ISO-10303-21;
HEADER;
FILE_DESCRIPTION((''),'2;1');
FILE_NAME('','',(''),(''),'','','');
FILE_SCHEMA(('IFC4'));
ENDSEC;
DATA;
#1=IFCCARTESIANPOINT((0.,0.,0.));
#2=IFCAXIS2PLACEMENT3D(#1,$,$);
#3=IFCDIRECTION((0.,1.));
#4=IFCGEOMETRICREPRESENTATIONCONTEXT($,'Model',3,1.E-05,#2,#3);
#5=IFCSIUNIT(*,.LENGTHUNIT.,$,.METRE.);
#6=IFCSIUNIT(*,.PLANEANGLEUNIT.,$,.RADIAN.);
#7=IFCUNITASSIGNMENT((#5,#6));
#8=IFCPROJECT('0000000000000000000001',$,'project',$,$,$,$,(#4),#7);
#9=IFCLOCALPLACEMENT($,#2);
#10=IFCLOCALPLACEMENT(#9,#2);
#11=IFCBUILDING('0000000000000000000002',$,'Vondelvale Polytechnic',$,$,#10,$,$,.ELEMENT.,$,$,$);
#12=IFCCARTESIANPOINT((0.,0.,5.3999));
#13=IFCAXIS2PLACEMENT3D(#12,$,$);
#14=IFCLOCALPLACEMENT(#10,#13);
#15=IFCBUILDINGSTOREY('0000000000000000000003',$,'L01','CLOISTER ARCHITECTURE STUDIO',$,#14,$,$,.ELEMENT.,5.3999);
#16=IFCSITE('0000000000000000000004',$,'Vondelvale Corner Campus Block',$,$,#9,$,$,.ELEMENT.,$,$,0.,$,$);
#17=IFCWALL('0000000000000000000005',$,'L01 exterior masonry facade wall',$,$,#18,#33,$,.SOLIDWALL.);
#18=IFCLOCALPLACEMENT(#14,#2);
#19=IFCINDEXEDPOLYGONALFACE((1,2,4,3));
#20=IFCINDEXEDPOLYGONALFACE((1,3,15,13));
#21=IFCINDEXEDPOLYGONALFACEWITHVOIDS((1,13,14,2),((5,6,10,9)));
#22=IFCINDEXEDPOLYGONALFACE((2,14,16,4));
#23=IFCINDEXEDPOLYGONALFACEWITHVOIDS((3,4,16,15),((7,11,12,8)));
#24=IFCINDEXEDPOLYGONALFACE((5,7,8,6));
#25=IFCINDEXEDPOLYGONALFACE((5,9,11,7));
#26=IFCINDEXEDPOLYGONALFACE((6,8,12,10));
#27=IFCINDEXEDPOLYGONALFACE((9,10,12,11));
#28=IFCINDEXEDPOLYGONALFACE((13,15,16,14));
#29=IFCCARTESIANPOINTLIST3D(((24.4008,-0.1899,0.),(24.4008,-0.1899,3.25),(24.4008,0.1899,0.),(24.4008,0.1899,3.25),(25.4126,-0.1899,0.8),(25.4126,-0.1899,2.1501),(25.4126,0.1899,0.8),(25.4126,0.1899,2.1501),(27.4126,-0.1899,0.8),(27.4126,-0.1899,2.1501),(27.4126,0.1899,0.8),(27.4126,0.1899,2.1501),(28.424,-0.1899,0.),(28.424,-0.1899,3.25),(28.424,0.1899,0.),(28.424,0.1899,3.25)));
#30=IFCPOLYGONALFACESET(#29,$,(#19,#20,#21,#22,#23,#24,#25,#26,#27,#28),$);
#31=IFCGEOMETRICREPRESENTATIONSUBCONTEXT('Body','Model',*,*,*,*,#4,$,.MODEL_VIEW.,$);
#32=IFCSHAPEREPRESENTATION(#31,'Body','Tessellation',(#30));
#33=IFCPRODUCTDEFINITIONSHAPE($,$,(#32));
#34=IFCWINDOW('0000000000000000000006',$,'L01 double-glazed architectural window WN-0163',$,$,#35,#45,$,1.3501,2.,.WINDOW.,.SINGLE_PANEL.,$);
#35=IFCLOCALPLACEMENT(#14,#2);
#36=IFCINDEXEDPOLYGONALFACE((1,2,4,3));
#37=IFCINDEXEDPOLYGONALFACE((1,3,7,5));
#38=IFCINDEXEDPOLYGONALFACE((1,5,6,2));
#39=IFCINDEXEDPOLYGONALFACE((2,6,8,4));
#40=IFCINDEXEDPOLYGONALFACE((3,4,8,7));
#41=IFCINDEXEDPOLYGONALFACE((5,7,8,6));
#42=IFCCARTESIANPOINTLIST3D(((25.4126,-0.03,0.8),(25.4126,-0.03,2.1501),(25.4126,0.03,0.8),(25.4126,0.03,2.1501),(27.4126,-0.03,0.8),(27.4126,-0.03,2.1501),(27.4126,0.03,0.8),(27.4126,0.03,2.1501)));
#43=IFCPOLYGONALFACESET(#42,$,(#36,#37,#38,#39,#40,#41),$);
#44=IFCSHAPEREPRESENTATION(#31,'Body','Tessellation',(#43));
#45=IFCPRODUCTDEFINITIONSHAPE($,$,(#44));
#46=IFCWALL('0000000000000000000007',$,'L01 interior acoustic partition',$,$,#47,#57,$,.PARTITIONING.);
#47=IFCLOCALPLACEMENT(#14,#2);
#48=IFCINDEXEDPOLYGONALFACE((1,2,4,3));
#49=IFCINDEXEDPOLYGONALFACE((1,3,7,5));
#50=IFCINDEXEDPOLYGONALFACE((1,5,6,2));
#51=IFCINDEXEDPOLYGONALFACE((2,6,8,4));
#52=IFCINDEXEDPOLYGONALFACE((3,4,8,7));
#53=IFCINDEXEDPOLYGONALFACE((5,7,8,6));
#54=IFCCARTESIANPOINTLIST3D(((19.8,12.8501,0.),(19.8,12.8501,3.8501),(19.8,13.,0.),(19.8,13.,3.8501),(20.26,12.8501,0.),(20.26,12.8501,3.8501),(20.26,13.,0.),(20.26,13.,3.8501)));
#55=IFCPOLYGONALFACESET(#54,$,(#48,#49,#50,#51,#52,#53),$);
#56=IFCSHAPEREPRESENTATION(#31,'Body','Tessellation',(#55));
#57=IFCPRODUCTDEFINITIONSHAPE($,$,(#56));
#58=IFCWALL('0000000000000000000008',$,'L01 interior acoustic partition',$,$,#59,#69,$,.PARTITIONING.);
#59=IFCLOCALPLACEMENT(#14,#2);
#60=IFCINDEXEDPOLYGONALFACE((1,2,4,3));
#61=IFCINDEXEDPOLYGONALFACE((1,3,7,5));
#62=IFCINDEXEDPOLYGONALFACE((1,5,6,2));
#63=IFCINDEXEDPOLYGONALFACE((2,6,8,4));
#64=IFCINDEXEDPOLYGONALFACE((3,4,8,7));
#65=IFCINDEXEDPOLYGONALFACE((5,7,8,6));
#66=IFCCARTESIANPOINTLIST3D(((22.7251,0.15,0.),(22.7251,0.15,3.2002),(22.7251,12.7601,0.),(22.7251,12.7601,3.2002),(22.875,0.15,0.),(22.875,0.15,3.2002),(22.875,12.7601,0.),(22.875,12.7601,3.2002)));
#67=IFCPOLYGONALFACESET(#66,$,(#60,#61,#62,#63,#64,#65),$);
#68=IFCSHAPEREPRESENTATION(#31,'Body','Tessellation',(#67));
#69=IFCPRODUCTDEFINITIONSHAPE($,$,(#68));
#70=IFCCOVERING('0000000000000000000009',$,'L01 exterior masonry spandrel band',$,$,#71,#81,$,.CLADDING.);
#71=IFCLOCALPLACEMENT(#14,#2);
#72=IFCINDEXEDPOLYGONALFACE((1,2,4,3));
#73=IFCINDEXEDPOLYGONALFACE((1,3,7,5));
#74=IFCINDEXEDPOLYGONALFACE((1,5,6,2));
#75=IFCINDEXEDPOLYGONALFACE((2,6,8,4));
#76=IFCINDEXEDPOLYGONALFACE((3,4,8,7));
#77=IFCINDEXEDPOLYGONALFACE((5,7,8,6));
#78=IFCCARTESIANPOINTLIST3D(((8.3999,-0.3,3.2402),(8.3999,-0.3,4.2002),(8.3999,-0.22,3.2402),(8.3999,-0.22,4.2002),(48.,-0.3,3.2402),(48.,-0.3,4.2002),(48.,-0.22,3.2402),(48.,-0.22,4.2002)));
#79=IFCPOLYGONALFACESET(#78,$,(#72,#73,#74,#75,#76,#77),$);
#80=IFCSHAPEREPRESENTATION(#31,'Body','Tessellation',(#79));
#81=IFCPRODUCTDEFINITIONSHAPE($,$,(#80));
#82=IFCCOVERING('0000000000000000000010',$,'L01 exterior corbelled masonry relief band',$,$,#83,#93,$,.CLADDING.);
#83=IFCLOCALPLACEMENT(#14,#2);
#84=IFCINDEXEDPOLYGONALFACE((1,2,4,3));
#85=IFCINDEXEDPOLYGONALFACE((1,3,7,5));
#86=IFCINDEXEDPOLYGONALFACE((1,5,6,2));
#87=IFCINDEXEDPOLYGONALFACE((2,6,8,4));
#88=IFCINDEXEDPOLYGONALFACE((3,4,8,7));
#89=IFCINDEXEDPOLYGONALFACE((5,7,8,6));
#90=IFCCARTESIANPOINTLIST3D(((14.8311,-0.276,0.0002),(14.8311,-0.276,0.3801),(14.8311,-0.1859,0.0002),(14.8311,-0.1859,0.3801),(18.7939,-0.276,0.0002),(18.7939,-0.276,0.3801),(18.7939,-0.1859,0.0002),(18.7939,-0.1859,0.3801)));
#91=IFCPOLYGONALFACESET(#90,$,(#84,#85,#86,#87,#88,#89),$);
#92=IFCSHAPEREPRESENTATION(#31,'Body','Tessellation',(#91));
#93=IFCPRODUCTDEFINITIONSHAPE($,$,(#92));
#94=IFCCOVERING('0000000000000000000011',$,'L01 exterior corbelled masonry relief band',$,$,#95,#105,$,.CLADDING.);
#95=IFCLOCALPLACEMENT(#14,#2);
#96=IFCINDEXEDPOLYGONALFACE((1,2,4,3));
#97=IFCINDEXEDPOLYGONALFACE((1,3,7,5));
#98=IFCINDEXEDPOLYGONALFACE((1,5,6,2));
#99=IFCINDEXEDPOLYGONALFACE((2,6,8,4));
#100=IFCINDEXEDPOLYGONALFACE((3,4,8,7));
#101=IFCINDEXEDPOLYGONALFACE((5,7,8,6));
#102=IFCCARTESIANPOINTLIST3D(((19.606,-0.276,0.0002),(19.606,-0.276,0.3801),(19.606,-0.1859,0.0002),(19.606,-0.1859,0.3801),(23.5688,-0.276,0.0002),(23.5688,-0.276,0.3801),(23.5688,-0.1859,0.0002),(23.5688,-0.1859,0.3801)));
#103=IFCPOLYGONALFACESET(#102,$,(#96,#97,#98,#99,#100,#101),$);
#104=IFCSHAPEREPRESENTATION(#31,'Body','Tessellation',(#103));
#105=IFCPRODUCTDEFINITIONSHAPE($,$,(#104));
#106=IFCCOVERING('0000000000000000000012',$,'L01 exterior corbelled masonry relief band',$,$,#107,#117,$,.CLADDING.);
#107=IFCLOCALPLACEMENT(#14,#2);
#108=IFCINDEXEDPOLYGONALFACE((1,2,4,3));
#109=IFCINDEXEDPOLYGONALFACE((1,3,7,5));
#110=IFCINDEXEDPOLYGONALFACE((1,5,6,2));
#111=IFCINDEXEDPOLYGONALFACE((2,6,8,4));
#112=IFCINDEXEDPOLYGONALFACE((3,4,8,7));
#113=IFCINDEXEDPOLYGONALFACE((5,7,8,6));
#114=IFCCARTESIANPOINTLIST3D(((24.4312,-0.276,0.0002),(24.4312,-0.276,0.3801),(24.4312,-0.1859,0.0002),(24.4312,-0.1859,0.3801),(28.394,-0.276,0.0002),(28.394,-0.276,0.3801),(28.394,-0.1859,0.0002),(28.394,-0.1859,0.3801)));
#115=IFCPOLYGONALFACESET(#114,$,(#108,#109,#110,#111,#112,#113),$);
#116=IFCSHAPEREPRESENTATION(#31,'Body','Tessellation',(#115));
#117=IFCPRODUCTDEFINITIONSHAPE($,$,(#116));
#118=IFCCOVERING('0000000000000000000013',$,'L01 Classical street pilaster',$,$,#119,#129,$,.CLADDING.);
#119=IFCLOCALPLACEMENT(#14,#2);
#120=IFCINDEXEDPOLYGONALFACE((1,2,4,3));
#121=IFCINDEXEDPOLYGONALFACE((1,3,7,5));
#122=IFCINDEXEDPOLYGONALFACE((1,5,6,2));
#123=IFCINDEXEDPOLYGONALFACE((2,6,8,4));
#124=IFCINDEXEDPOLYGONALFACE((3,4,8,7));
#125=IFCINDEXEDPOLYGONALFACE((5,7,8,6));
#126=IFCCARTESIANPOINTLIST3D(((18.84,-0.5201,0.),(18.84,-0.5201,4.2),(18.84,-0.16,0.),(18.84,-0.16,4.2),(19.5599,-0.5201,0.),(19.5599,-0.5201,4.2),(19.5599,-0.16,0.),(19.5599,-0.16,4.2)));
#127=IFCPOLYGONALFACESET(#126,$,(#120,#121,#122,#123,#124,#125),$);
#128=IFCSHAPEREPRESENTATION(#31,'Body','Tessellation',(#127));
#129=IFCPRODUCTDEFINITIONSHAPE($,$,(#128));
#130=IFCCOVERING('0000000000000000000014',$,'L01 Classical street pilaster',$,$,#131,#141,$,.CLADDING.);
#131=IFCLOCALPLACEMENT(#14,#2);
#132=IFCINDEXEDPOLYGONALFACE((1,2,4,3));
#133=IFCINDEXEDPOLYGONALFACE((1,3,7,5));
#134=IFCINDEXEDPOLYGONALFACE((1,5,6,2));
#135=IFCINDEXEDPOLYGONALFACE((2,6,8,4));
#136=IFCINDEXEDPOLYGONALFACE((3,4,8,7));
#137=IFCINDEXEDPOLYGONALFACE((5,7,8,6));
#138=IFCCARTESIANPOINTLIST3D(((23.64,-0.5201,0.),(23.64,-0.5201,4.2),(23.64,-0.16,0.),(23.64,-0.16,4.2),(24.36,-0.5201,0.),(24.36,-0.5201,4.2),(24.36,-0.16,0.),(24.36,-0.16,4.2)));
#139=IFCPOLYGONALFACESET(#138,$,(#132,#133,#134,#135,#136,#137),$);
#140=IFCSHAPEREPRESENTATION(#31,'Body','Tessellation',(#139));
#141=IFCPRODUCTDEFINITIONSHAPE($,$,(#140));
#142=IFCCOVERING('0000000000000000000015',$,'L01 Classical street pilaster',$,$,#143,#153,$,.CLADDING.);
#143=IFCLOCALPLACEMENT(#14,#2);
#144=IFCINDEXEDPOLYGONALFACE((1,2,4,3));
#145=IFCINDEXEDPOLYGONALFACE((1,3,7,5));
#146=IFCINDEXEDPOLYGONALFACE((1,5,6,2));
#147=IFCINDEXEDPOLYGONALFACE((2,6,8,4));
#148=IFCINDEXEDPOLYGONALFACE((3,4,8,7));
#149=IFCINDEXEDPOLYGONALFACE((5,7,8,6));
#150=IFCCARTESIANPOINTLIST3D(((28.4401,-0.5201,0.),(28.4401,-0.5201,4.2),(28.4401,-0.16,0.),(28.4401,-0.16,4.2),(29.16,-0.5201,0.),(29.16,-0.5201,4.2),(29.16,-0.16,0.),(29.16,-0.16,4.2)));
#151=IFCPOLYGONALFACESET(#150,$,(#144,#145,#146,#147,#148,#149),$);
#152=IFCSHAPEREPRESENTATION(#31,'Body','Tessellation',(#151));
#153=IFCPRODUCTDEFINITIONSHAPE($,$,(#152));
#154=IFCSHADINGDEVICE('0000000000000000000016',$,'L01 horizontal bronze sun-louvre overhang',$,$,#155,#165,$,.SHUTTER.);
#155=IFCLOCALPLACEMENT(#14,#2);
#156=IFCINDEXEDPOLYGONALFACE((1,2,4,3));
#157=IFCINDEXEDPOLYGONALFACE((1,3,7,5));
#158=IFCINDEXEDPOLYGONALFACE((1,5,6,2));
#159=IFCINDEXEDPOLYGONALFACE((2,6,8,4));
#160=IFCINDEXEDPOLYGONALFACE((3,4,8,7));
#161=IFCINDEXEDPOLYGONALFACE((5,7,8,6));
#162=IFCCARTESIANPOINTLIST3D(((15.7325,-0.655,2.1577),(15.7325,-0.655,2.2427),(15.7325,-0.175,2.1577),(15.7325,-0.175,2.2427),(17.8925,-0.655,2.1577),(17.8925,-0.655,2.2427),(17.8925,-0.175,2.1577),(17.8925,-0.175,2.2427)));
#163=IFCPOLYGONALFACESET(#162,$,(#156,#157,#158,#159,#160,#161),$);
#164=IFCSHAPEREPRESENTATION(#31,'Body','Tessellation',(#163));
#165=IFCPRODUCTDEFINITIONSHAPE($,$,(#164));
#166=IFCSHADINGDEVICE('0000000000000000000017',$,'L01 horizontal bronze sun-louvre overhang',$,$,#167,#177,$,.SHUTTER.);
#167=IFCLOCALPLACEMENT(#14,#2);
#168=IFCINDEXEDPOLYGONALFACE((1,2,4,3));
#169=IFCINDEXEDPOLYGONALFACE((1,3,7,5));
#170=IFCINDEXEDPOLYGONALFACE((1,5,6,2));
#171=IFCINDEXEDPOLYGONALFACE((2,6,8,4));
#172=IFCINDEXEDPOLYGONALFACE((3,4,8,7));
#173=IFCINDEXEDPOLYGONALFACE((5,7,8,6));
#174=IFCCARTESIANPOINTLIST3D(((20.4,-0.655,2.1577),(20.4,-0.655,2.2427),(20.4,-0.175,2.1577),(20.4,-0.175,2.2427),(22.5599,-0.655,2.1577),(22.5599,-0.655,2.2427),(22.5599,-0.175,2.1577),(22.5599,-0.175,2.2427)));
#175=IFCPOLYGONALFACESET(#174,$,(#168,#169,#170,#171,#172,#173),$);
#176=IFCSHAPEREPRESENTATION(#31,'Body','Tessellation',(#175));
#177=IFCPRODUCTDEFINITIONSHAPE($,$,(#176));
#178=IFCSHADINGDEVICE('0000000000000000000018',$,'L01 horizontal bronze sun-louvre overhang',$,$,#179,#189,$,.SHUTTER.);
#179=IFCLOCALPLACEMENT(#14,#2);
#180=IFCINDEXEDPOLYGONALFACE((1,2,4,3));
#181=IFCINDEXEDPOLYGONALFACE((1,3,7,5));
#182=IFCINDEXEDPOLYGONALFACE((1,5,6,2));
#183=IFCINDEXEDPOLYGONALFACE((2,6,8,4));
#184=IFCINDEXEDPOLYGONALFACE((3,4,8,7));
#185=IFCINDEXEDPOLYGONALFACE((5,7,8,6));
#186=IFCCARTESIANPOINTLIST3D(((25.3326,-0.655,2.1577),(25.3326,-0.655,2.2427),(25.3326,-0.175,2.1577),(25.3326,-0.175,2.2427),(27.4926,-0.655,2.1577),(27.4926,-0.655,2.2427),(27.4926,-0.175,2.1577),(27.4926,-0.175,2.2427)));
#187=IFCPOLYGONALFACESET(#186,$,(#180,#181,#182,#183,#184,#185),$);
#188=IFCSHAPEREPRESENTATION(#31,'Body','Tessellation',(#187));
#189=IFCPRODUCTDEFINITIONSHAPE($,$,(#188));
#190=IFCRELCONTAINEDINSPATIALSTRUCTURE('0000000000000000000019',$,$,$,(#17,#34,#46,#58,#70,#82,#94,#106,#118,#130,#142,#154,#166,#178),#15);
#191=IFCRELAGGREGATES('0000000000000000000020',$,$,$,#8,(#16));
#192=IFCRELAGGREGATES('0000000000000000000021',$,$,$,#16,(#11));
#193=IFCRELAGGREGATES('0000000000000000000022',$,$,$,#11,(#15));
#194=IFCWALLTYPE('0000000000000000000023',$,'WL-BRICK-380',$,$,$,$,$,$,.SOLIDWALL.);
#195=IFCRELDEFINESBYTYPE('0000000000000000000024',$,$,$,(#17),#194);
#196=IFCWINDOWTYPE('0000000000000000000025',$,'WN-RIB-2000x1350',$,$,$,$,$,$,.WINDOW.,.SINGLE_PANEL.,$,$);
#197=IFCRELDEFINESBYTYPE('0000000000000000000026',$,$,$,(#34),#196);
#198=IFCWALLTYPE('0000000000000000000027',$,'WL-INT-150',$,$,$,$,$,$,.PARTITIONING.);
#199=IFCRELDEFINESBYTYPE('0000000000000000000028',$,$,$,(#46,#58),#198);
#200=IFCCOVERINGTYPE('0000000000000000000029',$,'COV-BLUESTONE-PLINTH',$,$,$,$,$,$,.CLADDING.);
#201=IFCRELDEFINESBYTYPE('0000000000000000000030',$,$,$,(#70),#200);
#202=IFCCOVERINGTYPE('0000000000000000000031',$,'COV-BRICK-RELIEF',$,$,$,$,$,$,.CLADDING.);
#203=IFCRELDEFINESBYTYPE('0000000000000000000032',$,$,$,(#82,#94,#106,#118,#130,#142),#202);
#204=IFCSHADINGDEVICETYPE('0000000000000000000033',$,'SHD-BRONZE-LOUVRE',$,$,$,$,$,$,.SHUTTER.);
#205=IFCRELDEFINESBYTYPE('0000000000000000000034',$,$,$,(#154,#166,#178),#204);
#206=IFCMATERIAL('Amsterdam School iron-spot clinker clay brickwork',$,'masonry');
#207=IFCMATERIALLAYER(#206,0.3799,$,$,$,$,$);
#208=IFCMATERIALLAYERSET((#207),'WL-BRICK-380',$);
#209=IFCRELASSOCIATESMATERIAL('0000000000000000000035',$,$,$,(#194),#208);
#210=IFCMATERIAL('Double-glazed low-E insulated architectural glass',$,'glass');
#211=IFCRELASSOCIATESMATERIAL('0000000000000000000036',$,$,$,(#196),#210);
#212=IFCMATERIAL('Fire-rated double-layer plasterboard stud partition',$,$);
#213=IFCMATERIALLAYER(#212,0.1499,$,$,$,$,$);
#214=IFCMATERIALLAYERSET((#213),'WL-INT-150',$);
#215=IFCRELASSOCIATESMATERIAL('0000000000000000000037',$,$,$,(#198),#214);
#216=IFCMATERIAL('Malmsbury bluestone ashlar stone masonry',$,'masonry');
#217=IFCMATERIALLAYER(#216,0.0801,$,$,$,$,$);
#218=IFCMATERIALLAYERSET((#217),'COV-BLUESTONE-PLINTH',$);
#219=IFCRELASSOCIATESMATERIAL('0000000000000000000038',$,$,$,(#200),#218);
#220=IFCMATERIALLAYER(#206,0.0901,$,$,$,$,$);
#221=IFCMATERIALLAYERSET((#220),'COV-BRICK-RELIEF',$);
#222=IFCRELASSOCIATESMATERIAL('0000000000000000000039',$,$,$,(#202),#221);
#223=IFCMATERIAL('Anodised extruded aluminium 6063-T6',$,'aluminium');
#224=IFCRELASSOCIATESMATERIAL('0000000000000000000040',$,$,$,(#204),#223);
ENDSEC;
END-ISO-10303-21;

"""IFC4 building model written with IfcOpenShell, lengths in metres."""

from ifc_helpers import new_model, si_unit, direction, frame, frame_2d, origin, origin_2d, place, context, subcontext, project, spatial, rectangle, extrude, material, layer, layer_set, type_object, element, fill, save


model = new_model("IFC4")

# Units and contexts
model_context = context("Model", 3, precision=1e-05, world=origin(), true_north=direction((0.0, 1.0)))
body_context = subcontext(model_context, "Body", "Model", "MODEL_VIEW")
ifc_project = project(units=[si_unit("LENGTHUNIT", "METRE"), si_unit("PLANEANGLEUNIT", "RADIAN")], contexts=[model_context])

# Site, building, storey
site_placement = place(None, origin())
site = spatial("IfcSite", under=ifc_project, at=site_placement, Name="Vondelvale Corner Campus Block", CompositionType="ELEMENT", RefElevation=0.0)
building_placement = place(site_placement, origin())
building = spatial("IfcBuilding", under=site, at=building_placement, Name="Vondelvale Polytechnic", CompositionType="ELEMENT")
storey_placement = place(building_placement, frame((0.0, 0.0, 5.3999)))
storey = spatial("IfcBuildingStorey", under=building, at=storey_placement, Name="L01", Description="CLOISTER ARCHITECTURE STUDIO", CompositionType="ELEMENT", Elevation=5.3999)

# Wall, opening, window
ifc_material_1 = material(Name="Amsterdam School iron-spot clinker clay brickwork", Category="masonry")
ifc_layer_1 = layer(ifc_material_1, 0.3799)
ifc_layer_set_1 = layer_set([ifc_layer_1], Name="WL-BRICK-380")
wall_type_1 = type_object("IfcWallType", Name="WL-BRICK-380", PredefinedType="SOLIDWALL", material=ifc_layer_set_1)
ifc_material_2 = material(Name="Double-glazed low-E insulated architectural glass", Category="glass")
window_type = type_object("IfcWindowType", Name="WN-RIB-2000x1350", PartitioningType="SINGLE_PANEL", PredefinedType="WINDOW", material=ifc_material_2)
wall_1_placement = place(storey_placement, frame((28.4241, 0.0, 0.0), z_axis=(0.0, 0.0, 1.0), x_axis=(-1.0, 0.0, 0.0)))
wall_1 = element("IfcWall", 1, at=wall_1_placement, inside=storey, type_object=wall_type_1, Name="L01 exterior masonry facade wall", PredefinedType="SOLIDWALL", context=body_context, shape_type="SweptSolid", body=[
    extrude(rectangle(XDim=4.0232, YDim=0.3799, at=frame_2d((2.0117, 0.0))), origin(), (0.0, 0.0, 1.0), 3.25),
])
opening_1_placement = place(wall_1_placement, frame((1.0115, 0.0, 0.8)))
opening_1 = element("IfcOpeningElement", 2, at=opening_1_placement, cuts=wall_1, PredefinedType="OPENING", context=body_context, shape_type="SweptSolid", body=[
    extrude(rectangle(XDim=2.0, YDim=1.3501, at=frame_2d((1.0, 0.675))), frame((0.0, 0.2, 0.0), z_axis=(0.0, -1.0, 0.0), x_axis=(1.0, 0.0, 0.0)), (0.0, 0.0, 1.0), 0.3999),
])
window_1_placement = place(opening_1_placement, origin())
window_1 = element("IfcWindow", 3, at=window_1_placement, inside=storey, type_object=window_type, Name="L01 double-glazed architectural window WN-0163", OverallHeight=1.3501, OverallWidth=2.0, PartitioningType="SINGLE_PANEL", PredefinedType="WINDOW", context=body_context, shape_type="SweptSolid", body=[
    extrude(rectangle(XDim=2.0, YDim=1.3501, at=frame_2d((1.0, 0.675))), frame((0.0, 0.03, 0.0), z_axis=(0.0, -1.0, 0.0), x_axis=(1.0, 0.0, 0.0)), (0.0, 0.0, 1.0), 0.0601),
])
fill(opening_1, window_1)

# Walls
ifc_material_3 = material(Name="Fire-rated double-layer plasterboard stud partition")
ifc_layer_2 = layer(ifc_material_3, 0.1499)
ifc_layer_set_2 = layer_set([ifc_layer_2], Name="WL-INT-150")
wall_type_2 = type_object("IfcWallType", Name="WL-INT-150", PredefinedType="PARTITIONING", material=ifc_layer_set_2)
wall_2_placement = place(storey_placement, frame((19.8, 12.925, 0.0), z_axis=(0.0, 0.0, 1.0), x_axis=(1.0, 0.0, 0.0)))
element("IfcWall", 4, at=wall_2_placement, inside=storey, type_object=wall_type_2, Name="L01 interior acoustic partition", PredefinedType="PARTITIONING", context=body_context, shape_type="SweptSolid", body=[
    extrude(rectangle(XDim=0.46, YDim=0.1499, at=frame_2d((0.23, 0.0))), origin(), (0.0, 0.0, 1.0), 3.8501),
])
wall_3_placement = place(storey_placement, frame((22.8, 0.1499, 0.0), z_axis=(0.0, 0.0, 1.0), x_axis=(0.0, 1.0, 0.0)))
element("IfcWall", 5, at=wall_3_placement, inside=storey, type_object=wall_type_2, Name="L01 interior acoustic partition", PredefinedType="PARTITIONING", context=body_context, shape_type="SweptSolid", body=[
    extrude(rectangle(XDim=12.6101, YDim=0.1499, at=frame_2d((6.3052, 0.0))), origin(), (0.0, 0.0, 1.0), 3.2002),
])

# Coverings
ifc_material_4 = material(Name="Malmsbury bluestone ashlar stone masonry", Category="masonry")
ifc_layer_3 = layer(ifc_material_4, 0.0801)
ifc_layer_set_3 = layer_set([ifc_layer_3], Name="COV-BLUESTONE-PLINTH")
covering_type_1 = type_object("IfcCoveringType", Name="COV-BLUESTONE-PLINTH", PredefinedType="CLADDING", material=ifc_layer_set_3)
covering_placement = place(storey_placement, frame((28.2, -0.26, 3.2402), z_axis=(0.0, 0.0, 1.0), x_axis=(1.0, 0.0, 0.0)))
element("IfcCovering", 6, at=covering_placement, inside=storey, type_object=covering_type_1, Name="L01 exterior masonry spandrel band", PredefinedType="CLADDING", context=body_context, shape_type="SweptSolid", body=[
    extrude(rectangle(XDim=39.6001, YDim=0.0801, at=origin_2d()), origin(), (0.0, 0.0, 1.0), 0.96),
])
ifc_layer_4 = layer(ifc_material_1, 0.0901)
ifc_layer_set_4 = layer_set([ifc_layer_4], Name="COV-BRICK-RELIEF")
covering_type_2 = type_object("IfcCoveringType", Name="COV-BRICK-RELIEF", PredefinedType="CLADDING", material=ifc_layer_set_4)
for number, where, z_axis, x_axis, name in (
    (7, (16.8125, -0.231, 0.0002), (0.0, 0.0, 1.0), (-1.0, 0.0, 0.0), "L01 exterior corbelled masonry relief band"),
    (8, (21.5874, -0.231, 0.0002), (0.0, 0.0, 1.0), (-1.0, 0.0, 0.0), "L01 exterior corbelled masonry relief band"),
    (9, (26.4126, -0.231, 0.0002), (0.0, 0.0, 1.0), (-1.0, 0.0, 0.0), "L01 exterior corbelled masonry relief band"),
):
    element("IfcCovering", number, at=place(storey_placement, frame(where, z_axis=z_axis, x_axis=x_axis)), inside=storey, type_object=covering_type_2, Name=name, PredefinedType="CLADDING", context=body_context, shape_type="SweptSolid", body=[
        extrude(rectangle(XDim=3.9629, YDim=0.0901, at=origin_2d()), origin(), (0.0, 0.0, 1.0), 0.3799),
    ])
for number, where, z_axis, x_axis, name in (
    (10, (19.2, -0.3401, 0.0), (0.0, 0.0, 1.0), (1.0, 0.0, 0.0), "L01 Classical street pilaster"),
    (11, (24.0, -0.3401, 0.0), (0.0, 0.0, 1.0), (1.0, 0.0, 0.0), "L01 Classical street pilaster"),
    (12, (28.8, -0.3401, 0.0), (0.0, 0.0, 1.0), (1.0, 0.0, 0.0), "L01 Classical street pilaster"),
):
    element("IfcCovering", number, at=place(storey_placement, frame(where, z_axis=z_axis, x_axis=x_axis)), inside=storey, type_object=covering_type_2, Name=name, PredefinedType="CLADDING", context=body_context, shape_type="SweptSolid", body=[
        extrude(rectangle(XDim=0.72, YDim=0.3601, at=origin_2d()), origin(), (0.0, 0.0, 1.0), 4.2),
    ])

# Shading devices
ifc_material_5 = material(Name="Anodised extruded aluminium 6063-T6", Category="aluminium")
shading_device_type = type_object("IfcShadingDeviceType", Name="SHD-BRONZE-LOUVRE", PredefinedType="SHUTTER", material=ifc_material_5)
for number, where, z_axis, x_axis, name in (
    (13, (16.8125, -0.415, 2.1577), (0.0, 0.0, 1.0), (-1.0, 0.0, 0.0), "L01 horizontal bronze sun-louvre overhang"),
    (14, (21.48, -0.415, 2.1577), (0.0, 0.0, 1.0), (-1.0, 0.0, 0.0), "L01 horizontal bronze sun-louvre overhang"),
    (15, (26.4126, -0.415, 2.1577), (0.0, 0.0, 1.0), (-1.0, 0.0, 0.0), "L01 horizontal bronze sun-louvre overhang"),
):
    element("IfcShadingDevice", number, at=place(storey_placement, frame(where, z_axis=z_axis, x_axis=x_axis)), inside=storey, type_object=shading_device_type, Name=name, PredefinedType="SHUTTER", context=body_context, shape_type="SweptSolid", body=[
        extrude(rectangle(XDim=2.1599, YDim=0.48, at=origin_2d()), origin(), (0.0, 0.0, 1.0), 0.085),
    ])

save(model, "model.ifc")
